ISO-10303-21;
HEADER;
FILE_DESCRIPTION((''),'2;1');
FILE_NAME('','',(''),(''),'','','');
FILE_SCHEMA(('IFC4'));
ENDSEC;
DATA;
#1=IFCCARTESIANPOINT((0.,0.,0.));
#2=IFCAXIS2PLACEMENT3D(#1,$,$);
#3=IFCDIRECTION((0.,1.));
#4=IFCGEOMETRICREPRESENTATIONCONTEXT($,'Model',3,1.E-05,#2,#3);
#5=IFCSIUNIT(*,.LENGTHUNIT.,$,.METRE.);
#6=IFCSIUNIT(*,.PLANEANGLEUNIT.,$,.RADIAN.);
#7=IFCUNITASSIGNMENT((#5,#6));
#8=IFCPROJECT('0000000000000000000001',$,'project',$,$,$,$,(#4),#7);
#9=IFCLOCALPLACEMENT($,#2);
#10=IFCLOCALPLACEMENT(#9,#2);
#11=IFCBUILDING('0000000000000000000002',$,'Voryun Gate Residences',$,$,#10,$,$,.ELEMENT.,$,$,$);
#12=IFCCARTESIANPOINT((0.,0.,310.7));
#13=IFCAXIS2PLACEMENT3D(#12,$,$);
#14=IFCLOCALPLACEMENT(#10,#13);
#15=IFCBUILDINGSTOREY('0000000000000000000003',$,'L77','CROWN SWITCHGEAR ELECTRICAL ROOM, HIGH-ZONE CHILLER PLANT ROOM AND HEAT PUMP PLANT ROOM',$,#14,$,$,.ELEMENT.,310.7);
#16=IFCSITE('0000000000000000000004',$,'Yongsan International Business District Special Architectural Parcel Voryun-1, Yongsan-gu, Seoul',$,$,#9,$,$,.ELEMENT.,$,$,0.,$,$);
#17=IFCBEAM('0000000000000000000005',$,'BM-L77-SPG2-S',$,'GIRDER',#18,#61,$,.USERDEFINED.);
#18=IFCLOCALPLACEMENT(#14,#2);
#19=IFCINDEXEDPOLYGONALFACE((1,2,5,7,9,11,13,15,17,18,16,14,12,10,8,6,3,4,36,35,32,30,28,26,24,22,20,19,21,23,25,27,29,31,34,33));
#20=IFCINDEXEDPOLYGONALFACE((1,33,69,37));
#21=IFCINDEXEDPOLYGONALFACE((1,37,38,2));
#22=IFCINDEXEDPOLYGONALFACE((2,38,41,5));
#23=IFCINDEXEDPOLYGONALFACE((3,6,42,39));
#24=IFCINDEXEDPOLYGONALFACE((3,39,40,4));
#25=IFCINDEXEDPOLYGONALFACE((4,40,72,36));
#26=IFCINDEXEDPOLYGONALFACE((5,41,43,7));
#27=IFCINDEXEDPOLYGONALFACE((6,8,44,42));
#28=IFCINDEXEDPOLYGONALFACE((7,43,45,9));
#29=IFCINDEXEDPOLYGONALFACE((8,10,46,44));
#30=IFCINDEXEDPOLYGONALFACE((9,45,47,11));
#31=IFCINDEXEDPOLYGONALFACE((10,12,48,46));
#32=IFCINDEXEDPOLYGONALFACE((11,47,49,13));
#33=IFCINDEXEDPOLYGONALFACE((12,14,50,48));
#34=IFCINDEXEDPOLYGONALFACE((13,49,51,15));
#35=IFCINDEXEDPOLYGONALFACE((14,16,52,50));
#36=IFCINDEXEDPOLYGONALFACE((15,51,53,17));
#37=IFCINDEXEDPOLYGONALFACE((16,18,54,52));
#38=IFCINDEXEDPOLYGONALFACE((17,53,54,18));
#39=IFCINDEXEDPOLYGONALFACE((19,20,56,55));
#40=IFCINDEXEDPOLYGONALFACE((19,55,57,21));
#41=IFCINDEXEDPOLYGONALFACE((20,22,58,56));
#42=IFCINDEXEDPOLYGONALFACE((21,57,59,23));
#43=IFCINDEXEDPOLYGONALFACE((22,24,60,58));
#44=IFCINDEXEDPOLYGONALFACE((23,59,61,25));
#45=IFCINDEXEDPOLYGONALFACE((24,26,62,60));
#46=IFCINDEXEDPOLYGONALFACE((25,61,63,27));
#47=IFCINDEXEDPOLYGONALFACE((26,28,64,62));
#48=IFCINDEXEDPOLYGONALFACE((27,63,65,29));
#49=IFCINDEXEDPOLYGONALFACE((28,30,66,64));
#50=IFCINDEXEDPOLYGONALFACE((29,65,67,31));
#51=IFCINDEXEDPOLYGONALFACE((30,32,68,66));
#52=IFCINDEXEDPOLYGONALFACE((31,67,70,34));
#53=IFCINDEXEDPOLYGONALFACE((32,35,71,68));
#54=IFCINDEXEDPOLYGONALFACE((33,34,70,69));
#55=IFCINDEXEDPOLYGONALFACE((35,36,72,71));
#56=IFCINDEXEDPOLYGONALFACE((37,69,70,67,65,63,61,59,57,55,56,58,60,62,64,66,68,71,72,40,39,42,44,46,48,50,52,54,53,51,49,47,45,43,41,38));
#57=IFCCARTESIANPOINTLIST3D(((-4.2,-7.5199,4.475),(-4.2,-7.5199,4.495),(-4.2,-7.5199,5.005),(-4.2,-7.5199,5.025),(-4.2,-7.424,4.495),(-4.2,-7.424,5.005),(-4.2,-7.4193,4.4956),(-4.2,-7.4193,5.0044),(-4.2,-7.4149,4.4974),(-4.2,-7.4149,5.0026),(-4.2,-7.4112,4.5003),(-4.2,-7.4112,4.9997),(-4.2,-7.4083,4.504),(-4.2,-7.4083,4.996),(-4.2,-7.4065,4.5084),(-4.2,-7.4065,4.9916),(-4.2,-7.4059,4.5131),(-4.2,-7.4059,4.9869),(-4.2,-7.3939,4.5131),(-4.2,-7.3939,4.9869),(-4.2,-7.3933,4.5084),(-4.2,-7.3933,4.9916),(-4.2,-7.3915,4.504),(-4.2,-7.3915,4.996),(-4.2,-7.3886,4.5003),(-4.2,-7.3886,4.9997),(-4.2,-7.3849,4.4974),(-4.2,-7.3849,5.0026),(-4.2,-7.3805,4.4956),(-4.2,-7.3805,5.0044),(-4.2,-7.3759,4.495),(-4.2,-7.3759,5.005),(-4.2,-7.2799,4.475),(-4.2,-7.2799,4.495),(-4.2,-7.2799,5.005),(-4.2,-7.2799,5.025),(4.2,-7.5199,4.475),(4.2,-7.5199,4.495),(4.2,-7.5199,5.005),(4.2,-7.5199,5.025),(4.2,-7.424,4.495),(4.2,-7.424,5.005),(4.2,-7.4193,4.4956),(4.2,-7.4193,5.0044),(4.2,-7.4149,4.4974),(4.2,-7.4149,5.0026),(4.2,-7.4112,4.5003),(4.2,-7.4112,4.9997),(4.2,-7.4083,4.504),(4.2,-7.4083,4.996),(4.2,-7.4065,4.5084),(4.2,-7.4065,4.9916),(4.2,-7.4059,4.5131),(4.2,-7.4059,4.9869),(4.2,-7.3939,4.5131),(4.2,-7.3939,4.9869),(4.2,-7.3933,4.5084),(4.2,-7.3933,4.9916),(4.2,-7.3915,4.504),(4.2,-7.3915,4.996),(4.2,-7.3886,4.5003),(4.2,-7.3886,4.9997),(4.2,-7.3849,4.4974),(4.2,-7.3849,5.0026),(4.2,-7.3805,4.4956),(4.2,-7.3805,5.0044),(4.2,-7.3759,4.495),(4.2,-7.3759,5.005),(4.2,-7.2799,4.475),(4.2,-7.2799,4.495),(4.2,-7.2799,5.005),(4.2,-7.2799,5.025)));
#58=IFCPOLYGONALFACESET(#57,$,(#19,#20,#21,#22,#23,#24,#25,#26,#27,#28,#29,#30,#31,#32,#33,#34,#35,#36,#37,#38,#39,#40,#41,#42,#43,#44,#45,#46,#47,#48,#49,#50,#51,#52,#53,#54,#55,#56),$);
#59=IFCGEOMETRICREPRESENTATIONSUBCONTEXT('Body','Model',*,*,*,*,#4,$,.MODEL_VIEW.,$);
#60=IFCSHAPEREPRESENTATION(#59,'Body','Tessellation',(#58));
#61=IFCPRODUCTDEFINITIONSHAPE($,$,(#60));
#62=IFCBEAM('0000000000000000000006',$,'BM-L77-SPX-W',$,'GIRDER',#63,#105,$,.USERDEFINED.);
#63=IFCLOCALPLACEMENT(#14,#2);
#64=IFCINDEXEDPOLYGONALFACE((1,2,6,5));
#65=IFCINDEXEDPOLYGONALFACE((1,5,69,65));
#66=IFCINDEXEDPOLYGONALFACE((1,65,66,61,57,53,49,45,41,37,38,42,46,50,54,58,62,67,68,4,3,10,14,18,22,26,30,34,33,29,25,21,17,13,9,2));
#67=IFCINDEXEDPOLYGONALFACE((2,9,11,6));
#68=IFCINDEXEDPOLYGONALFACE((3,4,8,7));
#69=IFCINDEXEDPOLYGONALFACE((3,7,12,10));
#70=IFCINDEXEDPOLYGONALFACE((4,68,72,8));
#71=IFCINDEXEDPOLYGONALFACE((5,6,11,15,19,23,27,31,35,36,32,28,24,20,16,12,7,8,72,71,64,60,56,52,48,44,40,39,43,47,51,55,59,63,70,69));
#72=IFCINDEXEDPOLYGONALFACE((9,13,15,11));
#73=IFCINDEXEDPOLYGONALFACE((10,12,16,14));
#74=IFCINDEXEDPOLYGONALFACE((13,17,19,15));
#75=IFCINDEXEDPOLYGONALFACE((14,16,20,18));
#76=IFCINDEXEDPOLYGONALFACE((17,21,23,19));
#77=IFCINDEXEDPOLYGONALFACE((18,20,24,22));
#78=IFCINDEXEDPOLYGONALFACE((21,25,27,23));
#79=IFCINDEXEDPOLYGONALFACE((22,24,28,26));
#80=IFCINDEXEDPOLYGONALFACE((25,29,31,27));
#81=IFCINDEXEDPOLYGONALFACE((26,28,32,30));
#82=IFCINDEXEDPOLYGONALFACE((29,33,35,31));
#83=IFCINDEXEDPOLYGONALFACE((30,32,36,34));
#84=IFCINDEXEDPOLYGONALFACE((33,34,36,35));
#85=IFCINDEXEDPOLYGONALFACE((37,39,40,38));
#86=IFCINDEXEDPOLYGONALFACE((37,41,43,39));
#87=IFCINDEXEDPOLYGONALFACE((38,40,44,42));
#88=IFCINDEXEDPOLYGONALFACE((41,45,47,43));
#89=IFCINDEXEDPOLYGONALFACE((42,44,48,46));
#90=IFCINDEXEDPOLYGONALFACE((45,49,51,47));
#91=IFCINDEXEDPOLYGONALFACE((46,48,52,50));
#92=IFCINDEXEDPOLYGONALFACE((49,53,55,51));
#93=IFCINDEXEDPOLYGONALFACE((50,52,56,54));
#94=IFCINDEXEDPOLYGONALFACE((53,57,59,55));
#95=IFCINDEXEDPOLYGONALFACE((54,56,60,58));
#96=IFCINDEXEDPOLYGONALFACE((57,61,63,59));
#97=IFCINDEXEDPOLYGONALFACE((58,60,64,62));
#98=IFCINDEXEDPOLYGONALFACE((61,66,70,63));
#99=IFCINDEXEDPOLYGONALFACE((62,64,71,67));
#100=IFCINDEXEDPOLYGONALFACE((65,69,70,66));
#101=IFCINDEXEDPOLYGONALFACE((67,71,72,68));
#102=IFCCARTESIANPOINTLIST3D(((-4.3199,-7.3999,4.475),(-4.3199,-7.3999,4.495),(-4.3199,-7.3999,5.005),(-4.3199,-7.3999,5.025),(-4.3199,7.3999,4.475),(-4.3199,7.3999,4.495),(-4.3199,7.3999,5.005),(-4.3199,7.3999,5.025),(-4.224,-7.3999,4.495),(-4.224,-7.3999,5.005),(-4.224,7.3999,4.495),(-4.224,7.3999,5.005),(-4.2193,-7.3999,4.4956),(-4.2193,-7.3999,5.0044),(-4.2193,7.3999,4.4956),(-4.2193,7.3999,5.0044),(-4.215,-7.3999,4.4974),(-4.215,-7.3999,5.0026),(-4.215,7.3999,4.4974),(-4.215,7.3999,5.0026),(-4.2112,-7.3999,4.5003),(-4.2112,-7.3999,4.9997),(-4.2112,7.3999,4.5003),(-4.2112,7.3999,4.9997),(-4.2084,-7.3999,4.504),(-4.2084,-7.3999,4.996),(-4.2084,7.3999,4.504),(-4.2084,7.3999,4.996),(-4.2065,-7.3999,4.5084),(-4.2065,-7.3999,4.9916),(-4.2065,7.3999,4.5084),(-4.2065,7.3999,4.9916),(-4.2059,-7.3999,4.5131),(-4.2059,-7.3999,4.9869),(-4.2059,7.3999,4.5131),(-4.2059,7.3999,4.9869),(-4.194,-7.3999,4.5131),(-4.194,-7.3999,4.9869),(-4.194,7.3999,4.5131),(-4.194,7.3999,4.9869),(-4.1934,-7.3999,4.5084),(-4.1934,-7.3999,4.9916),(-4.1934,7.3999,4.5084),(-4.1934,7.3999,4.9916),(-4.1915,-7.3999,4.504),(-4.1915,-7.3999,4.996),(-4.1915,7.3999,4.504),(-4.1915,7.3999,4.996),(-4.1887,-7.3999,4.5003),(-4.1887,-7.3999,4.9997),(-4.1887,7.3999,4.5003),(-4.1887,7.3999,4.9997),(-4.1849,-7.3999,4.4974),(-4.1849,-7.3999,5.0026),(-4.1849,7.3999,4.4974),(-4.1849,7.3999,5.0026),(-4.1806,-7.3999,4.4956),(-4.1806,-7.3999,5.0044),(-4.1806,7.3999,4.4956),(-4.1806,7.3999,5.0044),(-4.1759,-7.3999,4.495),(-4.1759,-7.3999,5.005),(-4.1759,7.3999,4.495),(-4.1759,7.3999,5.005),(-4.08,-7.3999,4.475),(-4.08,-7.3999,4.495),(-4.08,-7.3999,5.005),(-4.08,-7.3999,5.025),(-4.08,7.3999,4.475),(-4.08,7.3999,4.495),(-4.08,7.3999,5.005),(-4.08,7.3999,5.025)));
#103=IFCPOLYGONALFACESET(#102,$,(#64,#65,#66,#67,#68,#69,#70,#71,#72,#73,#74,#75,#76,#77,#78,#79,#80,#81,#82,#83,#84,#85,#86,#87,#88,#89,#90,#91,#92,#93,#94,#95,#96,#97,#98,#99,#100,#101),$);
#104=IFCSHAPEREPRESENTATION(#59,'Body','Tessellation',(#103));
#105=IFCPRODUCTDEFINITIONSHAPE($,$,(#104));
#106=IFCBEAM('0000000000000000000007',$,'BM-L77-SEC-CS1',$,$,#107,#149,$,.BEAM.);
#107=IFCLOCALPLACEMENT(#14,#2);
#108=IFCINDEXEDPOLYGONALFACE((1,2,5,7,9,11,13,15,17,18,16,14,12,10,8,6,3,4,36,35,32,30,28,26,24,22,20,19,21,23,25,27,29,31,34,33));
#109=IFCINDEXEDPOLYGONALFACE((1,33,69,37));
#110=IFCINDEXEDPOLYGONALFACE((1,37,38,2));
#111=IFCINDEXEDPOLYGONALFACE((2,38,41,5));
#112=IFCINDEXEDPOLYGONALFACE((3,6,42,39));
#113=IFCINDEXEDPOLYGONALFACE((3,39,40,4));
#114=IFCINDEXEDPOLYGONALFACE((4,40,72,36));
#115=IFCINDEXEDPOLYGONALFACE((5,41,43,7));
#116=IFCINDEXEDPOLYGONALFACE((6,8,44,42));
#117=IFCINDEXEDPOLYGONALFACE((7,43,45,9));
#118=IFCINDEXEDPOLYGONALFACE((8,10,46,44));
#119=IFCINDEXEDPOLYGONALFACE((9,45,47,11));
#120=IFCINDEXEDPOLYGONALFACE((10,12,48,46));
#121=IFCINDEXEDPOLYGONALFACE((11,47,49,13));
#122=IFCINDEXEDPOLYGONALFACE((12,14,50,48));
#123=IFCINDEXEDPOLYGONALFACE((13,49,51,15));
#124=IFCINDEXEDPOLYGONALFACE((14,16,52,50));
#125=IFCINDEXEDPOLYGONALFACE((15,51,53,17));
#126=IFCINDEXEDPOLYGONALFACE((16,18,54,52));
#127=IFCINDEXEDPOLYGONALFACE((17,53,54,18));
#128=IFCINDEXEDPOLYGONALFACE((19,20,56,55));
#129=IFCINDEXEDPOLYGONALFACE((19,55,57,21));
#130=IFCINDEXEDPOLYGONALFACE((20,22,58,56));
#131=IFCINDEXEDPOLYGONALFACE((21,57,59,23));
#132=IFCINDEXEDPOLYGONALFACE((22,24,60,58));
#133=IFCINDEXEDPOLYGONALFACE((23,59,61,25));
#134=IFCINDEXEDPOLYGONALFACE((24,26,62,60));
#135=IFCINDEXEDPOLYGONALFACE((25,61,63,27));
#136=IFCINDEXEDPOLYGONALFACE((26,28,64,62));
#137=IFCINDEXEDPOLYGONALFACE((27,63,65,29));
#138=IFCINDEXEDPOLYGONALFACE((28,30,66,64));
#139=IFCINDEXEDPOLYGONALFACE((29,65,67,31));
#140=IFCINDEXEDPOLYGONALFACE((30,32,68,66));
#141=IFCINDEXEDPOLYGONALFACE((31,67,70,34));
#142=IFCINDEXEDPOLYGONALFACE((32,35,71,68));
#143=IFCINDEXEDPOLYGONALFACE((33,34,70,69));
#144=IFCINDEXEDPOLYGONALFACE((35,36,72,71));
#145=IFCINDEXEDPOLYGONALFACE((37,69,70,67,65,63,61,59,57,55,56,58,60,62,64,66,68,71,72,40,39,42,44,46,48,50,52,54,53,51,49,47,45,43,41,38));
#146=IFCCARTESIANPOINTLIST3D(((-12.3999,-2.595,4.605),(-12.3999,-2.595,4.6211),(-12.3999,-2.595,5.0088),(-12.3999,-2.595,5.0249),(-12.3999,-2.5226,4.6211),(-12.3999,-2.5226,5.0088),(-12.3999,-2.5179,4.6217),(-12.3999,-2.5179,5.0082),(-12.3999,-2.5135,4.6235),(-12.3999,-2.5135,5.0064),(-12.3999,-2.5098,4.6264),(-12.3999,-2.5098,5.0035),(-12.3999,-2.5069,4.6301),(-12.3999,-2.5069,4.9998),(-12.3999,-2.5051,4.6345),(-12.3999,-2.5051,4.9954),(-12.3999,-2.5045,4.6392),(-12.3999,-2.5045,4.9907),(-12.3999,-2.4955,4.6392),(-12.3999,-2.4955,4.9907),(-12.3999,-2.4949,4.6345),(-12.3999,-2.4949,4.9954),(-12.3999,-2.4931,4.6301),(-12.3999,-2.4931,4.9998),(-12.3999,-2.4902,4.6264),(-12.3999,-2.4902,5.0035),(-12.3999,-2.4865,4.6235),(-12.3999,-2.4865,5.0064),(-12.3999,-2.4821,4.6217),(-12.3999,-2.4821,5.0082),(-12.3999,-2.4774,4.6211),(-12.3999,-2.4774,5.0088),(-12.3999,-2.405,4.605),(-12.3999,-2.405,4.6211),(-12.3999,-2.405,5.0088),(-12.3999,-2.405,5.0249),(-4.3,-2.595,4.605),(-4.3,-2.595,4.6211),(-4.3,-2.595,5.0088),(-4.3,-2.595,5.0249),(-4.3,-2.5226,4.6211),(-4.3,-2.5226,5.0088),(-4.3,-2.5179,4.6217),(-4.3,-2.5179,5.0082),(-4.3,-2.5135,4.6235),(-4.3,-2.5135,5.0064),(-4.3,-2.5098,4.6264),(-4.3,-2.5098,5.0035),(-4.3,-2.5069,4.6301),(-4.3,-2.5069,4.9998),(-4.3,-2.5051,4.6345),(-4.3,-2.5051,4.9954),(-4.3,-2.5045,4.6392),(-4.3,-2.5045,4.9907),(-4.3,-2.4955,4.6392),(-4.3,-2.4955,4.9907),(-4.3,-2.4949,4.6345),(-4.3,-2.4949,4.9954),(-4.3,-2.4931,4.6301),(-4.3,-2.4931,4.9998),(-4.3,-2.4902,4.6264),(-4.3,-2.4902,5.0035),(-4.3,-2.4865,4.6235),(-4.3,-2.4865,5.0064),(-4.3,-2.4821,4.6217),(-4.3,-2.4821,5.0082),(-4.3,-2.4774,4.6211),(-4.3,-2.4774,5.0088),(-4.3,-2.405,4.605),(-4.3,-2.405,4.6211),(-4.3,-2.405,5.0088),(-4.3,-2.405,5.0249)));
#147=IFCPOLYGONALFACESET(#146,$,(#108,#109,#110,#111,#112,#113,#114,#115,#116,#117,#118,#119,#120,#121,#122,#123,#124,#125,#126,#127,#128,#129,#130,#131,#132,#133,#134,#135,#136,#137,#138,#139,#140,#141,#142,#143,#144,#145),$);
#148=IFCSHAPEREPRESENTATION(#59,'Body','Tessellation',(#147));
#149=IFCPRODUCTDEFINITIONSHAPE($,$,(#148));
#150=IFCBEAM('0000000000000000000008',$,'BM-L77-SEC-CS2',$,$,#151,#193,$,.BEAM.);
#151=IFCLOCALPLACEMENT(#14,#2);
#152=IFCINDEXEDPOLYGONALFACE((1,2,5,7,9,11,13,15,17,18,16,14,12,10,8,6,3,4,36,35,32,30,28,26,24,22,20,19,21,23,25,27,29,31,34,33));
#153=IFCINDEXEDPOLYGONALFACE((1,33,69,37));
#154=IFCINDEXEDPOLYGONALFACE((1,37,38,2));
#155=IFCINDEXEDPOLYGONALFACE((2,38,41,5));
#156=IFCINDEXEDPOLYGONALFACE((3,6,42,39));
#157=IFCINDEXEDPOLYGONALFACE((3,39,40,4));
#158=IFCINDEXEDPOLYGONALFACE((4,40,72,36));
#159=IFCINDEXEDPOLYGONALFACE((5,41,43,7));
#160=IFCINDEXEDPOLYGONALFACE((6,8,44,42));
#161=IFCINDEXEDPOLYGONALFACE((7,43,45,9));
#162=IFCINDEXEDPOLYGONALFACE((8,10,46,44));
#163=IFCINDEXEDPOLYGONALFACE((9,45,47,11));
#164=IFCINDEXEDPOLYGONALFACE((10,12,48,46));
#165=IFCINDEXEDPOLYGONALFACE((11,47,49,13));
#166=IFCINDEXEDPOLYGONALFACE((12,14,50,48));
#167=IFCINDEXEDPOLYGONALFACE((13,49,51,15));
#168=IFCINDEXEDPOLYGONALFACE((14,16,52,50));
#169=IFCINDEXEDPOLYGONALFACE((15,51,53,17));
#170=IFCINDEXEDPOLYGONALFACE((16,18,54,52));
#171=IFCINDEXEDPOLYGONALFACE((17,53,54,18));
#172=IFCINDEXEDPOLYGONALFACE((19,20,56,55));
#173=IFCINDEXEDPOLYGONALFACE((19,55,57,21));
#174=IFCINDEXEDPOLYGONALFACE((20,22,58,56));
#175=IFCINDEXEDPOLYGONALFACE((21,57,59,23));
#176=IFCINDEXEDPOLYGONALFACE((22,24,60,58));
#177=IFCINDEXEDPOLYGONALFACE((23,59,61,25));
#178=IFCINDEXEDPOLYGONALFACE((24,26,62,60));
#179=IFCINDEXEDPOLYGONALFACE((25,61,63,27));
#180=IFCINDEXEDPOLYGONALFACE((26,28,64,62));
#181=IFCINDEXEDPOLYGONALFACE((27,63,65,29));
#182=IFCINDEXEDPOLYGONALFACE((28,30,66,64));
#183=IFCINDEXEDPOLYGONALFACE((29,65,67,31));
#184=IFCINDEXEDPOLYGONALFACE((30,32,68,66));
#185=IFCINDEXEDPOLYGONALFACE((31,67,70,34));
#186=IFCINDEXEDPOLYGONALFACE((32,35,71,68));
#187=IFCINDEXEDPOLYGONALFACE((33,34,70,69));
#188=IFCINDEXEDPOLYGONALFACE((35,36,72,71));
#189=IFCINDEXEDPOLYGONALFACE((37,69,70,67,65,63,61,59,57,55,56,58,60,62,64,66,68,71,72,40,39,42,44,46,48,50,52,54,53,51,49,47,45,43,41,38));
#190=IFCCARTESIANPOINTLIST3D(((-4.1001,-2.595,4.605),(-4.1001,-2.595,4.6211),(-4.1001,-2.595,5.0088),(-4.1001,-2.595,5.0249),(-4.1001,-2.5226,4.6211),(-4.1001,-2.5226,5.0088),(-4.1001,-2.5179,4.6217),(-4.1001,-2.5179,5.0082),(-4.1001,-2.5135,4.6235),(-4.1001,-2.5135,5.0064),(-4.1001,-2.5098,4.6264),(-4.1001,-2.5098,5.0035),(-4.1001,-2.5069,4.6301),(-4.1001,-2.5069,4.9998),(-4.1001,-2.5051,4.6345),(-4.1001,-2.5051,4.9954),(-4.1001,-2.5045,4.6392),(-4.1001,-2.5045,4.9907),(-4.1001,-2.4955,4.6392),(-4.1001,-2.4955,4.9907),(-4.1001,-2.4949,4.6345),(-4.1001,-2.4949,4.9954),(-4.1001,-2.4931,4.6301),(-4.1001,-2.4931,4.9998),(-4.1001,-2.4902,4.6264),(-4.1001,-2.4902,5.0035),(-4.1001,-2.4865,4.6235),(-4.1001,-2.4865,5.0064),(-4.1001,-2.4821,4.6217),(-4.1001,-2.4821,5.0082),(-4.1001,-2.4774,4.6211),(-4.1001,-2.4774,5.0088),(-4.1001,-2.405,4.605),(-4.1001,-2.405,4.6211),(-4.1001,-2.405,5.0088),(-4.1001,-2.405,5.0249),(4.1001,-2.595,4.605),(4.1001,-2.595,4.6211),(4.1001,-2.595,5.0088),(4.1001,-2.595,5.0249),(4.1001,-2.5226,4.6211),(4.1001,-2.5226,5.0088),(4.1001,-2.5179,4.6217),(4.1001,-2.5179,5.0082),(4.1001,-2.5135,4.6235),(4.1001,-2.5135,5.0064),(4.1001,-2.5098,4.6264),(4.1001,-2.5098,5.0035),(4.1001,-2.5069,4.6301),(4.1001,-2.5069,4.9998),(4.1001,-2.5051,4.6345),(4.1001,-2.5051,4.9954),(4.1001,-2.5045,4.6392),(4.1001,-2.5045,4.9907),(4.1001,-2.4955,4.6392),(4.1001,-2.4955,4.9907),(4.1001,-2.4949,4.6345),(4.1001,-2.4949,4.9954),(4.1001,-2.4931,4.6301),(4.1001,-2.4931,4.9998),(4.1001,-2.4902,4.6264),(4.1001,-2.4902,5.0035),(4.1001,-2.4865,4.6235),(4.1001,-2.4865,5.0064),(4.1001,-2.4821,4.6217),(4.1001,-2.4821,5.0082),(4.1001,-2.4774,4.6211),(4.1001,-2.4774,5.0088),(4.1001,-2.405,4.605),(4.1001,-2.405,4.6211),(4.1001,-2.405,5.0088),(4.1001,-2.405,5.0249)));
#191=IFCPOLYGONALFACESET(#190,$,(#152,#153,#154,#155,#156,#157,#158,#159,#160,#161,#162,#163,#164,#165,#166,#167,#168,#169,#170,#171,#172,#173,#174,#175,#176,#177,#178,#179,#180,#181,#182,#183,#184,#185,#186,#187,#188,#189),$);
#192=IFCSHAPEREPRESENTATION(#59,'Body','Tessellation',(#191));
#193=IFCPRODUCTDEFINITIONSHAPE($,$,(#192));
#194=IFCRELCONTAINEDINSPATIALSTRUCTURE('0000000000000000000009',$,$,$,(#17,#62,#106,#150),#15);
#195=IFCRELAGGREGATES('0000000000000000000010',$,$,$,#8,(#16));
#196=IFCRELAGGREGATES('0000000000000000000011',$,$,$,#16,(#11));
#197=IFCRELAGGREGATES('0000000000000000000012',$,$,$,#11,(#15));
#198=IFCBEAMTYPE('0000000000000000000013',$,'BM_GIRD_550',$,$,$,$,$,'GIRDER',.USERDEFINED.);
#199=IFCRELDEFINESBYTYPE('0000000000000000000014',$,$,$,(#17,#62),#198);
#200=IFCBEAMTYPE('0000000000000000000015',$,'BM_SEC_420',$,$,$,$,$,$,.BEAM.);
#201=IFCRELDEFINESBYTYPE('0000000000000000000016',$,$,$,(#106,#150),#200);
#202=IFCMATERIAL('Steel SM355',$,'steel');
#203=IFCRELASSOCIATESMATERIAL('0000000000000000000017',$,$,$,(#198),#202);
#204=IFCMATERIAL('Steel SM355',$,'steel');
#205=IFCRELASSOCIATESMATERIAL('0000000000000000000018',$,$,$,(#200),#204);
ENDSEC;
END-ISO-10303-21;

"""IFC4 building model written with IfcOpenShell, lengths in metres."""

from ifc_helpers import new_model, si_unit, direction, frame, origin, origin_2d, place, context, subcontext, project, spatial, i_section, extrude, material, material_profile, profile_set, type_object, element, save


model = new_model("IFC4")

# Units and contexts
model_context = context("Model", 3, precision=1e-05, world=origin(), true_north=direction((0.0, 1.0)))
body_context = subcontext(model_context, "Body", "Model", "MODEL_VIEW")
ifc_project = project(units=[si_unit("LENGTHUNIT", "METRE"), si_unit("PLANEANGLEUNIT", "RADIAN")], contexts=[model_context])

# Site, building, storey
site_placement = place(None, origin())
site = spatial("IfcSite", under=ifc_project, at=site_placement, Name="Yongsan International Business District Special Architectural Parcel Voryun-1, Yongsan-gu, Seoul", CompositionType="ELEMENT", RefElevation=0.0)
building_placement = place(site_placement, origin())
building = spatial("IfcBuilding", under=site, at=building_placement, Name="Voryun Gate Residences", CompositionType="ELEMENT")
storey_placement = place(building_placement, frame((0.0, 0.0, 310.7)))
storey = spatial("IfcBuildingStorey", under=building, at=storey_placement, Name="L77", Description="CROWN SWITCHGEAR ELECTRICAL ROOM, HIGH-ZONE CHILLER PLANT ROOM AND HEAT PUMP PLANT ROOM", CompositionType="ELEMENT", Elevation=310.7)

# Beams
ifc_material_1 = material(Name="Steel SM355", Category="steel")
ifc_material_profile_1 = material_profile(ifc_material_1, i_section(OverallWidth=0.24, OverallDepth=0.55, WebThickness=0.012, FlangeThickness=0.02, FilletRadius=0.0181, at=origin_2d()), Name="H-550x240x12x20")
ifc_profile_set_1 = profile_set([ifc_material_profile_1], Name="Steel SM355")
beam_type_1 = type_object("IfcBeamType", Name="BM_GIRD_550", ElementType="GIRDER", PredefinedType="USERDEFINED", material=ifc_profile_set_1)
beam_1_placement = place(storey_placement, frame((-4.2, -7.3999, 4.75), z_axis=(1.0, 0.0, 0.0), x_axis=(0.0, 1.0, 0.0)))
element("IfcBeam", 1, at=beam_1_placement, inside=storey, type_object=beam_type_1, Name="BM-L77-SPG2-S", ObjectType="GIRDER", PredefinedType="USERDEFINED", context=body_context, shape_type="SweptSolid", body=[
    extrude(i_section(OverallWidth=0.24, OverallDepth=0.55, WebThickness=0.012, FlangeThickness=0.02, FilletRadius=0.0181, at=origin_2d()), origin(), (0.0, 0.0, 1.0), 8.3999),
])
beam_2_placement = place(storey_placement, frame((-4.2, -7.3999, 4.75), z_axis=(0.0, 1.0, 0.0), x_axis=(-1.0, 0.0, 0.0)))
element("IfcBeam", 2, at=beam_2_placement, inside=storey, type_object=beam_type_1, Name="BM-L77-SPX-W", ObjectType="GIRDER", PredefinedType="USERDEFINED", context=body_context, shape_type="SweptSolid", body=[
    extrude(i_section(OverallWidth=0.24, OverallDepth=0.55, WebThickness=0.012, FlangeThickness=0.02, FilletRadius=0.0181, at=origin_2d()), origin(), (0.0, 0.0, 1.0), 14.7998),
])
ifc_material_2 = material(Name="Steel SM355", Category="steel")
ifc_material_profile_2 = material_profile(ifc_material_2, i_section(OverallWidth=0.1899, OverallDepth=0.4199, WebThickness=0.009, FlangeThickness=0.0161, FilletRadius=0.0181, at=origin_2d()), Name="H-420x190x9x16")
ifc_profile_set_2 = profile_set([ifc_material_profile_2], Name="Steel SM355")
beam_type_2 = type_object("IfcBeamType", Name="BM_SEC_420", PredefinedType="BEAM", material=ifc_profile_set_2)
beam_3_placement = place(storey_placement, frame((-12.3999, -2.5, 4.8149), z_axis=(1.0, 0.0, 0.0), x_axis=(0.0, 1.0, 0.0)))
element("IfcBeam", 3, at=beam_3_placement, inside=storey, type_object=beam_type_2, Name="BM-L77-SEC-CS1", PredefinedType="BEAM", context=body_context, shape_type="SweptSolid", body=[
    extrude(i_section(OverallWidth=0.1899, OverallDepth=0.4199, WebThickness=0.009, FlangeThickness=0.0161, FilletRadius=0.0181, at=origin_2d()), origin(), (0.0, 0.0, 1.0), 8.0999),
])
beam_4_placement = place(storey_placement, frame((-4.1001, -2.5, 4.8149), z_axis=(1.0, 0.0, 0.0), x_axis=(0.0, 1.0, 0.0)))
element("IfcBeam", 4, at=beam_4_placement, inside=storey, type_object=beam_type_2, Name="BM-L77-SEC-CS2", PredefinedType="BEAM", context=body_context, shape_type="SweptSolid", body=[
    extrude(i_section(OverallWidth=0.1899, OverallDepth=0.4199, WebThickness=0.009, FlangeThickness=0.0161, FilletRadius=0.0181, at=origin_2d()), origin(), (0.0, 0.0, 1.0), 8.2002),
])

save(model, "model.ifc")
